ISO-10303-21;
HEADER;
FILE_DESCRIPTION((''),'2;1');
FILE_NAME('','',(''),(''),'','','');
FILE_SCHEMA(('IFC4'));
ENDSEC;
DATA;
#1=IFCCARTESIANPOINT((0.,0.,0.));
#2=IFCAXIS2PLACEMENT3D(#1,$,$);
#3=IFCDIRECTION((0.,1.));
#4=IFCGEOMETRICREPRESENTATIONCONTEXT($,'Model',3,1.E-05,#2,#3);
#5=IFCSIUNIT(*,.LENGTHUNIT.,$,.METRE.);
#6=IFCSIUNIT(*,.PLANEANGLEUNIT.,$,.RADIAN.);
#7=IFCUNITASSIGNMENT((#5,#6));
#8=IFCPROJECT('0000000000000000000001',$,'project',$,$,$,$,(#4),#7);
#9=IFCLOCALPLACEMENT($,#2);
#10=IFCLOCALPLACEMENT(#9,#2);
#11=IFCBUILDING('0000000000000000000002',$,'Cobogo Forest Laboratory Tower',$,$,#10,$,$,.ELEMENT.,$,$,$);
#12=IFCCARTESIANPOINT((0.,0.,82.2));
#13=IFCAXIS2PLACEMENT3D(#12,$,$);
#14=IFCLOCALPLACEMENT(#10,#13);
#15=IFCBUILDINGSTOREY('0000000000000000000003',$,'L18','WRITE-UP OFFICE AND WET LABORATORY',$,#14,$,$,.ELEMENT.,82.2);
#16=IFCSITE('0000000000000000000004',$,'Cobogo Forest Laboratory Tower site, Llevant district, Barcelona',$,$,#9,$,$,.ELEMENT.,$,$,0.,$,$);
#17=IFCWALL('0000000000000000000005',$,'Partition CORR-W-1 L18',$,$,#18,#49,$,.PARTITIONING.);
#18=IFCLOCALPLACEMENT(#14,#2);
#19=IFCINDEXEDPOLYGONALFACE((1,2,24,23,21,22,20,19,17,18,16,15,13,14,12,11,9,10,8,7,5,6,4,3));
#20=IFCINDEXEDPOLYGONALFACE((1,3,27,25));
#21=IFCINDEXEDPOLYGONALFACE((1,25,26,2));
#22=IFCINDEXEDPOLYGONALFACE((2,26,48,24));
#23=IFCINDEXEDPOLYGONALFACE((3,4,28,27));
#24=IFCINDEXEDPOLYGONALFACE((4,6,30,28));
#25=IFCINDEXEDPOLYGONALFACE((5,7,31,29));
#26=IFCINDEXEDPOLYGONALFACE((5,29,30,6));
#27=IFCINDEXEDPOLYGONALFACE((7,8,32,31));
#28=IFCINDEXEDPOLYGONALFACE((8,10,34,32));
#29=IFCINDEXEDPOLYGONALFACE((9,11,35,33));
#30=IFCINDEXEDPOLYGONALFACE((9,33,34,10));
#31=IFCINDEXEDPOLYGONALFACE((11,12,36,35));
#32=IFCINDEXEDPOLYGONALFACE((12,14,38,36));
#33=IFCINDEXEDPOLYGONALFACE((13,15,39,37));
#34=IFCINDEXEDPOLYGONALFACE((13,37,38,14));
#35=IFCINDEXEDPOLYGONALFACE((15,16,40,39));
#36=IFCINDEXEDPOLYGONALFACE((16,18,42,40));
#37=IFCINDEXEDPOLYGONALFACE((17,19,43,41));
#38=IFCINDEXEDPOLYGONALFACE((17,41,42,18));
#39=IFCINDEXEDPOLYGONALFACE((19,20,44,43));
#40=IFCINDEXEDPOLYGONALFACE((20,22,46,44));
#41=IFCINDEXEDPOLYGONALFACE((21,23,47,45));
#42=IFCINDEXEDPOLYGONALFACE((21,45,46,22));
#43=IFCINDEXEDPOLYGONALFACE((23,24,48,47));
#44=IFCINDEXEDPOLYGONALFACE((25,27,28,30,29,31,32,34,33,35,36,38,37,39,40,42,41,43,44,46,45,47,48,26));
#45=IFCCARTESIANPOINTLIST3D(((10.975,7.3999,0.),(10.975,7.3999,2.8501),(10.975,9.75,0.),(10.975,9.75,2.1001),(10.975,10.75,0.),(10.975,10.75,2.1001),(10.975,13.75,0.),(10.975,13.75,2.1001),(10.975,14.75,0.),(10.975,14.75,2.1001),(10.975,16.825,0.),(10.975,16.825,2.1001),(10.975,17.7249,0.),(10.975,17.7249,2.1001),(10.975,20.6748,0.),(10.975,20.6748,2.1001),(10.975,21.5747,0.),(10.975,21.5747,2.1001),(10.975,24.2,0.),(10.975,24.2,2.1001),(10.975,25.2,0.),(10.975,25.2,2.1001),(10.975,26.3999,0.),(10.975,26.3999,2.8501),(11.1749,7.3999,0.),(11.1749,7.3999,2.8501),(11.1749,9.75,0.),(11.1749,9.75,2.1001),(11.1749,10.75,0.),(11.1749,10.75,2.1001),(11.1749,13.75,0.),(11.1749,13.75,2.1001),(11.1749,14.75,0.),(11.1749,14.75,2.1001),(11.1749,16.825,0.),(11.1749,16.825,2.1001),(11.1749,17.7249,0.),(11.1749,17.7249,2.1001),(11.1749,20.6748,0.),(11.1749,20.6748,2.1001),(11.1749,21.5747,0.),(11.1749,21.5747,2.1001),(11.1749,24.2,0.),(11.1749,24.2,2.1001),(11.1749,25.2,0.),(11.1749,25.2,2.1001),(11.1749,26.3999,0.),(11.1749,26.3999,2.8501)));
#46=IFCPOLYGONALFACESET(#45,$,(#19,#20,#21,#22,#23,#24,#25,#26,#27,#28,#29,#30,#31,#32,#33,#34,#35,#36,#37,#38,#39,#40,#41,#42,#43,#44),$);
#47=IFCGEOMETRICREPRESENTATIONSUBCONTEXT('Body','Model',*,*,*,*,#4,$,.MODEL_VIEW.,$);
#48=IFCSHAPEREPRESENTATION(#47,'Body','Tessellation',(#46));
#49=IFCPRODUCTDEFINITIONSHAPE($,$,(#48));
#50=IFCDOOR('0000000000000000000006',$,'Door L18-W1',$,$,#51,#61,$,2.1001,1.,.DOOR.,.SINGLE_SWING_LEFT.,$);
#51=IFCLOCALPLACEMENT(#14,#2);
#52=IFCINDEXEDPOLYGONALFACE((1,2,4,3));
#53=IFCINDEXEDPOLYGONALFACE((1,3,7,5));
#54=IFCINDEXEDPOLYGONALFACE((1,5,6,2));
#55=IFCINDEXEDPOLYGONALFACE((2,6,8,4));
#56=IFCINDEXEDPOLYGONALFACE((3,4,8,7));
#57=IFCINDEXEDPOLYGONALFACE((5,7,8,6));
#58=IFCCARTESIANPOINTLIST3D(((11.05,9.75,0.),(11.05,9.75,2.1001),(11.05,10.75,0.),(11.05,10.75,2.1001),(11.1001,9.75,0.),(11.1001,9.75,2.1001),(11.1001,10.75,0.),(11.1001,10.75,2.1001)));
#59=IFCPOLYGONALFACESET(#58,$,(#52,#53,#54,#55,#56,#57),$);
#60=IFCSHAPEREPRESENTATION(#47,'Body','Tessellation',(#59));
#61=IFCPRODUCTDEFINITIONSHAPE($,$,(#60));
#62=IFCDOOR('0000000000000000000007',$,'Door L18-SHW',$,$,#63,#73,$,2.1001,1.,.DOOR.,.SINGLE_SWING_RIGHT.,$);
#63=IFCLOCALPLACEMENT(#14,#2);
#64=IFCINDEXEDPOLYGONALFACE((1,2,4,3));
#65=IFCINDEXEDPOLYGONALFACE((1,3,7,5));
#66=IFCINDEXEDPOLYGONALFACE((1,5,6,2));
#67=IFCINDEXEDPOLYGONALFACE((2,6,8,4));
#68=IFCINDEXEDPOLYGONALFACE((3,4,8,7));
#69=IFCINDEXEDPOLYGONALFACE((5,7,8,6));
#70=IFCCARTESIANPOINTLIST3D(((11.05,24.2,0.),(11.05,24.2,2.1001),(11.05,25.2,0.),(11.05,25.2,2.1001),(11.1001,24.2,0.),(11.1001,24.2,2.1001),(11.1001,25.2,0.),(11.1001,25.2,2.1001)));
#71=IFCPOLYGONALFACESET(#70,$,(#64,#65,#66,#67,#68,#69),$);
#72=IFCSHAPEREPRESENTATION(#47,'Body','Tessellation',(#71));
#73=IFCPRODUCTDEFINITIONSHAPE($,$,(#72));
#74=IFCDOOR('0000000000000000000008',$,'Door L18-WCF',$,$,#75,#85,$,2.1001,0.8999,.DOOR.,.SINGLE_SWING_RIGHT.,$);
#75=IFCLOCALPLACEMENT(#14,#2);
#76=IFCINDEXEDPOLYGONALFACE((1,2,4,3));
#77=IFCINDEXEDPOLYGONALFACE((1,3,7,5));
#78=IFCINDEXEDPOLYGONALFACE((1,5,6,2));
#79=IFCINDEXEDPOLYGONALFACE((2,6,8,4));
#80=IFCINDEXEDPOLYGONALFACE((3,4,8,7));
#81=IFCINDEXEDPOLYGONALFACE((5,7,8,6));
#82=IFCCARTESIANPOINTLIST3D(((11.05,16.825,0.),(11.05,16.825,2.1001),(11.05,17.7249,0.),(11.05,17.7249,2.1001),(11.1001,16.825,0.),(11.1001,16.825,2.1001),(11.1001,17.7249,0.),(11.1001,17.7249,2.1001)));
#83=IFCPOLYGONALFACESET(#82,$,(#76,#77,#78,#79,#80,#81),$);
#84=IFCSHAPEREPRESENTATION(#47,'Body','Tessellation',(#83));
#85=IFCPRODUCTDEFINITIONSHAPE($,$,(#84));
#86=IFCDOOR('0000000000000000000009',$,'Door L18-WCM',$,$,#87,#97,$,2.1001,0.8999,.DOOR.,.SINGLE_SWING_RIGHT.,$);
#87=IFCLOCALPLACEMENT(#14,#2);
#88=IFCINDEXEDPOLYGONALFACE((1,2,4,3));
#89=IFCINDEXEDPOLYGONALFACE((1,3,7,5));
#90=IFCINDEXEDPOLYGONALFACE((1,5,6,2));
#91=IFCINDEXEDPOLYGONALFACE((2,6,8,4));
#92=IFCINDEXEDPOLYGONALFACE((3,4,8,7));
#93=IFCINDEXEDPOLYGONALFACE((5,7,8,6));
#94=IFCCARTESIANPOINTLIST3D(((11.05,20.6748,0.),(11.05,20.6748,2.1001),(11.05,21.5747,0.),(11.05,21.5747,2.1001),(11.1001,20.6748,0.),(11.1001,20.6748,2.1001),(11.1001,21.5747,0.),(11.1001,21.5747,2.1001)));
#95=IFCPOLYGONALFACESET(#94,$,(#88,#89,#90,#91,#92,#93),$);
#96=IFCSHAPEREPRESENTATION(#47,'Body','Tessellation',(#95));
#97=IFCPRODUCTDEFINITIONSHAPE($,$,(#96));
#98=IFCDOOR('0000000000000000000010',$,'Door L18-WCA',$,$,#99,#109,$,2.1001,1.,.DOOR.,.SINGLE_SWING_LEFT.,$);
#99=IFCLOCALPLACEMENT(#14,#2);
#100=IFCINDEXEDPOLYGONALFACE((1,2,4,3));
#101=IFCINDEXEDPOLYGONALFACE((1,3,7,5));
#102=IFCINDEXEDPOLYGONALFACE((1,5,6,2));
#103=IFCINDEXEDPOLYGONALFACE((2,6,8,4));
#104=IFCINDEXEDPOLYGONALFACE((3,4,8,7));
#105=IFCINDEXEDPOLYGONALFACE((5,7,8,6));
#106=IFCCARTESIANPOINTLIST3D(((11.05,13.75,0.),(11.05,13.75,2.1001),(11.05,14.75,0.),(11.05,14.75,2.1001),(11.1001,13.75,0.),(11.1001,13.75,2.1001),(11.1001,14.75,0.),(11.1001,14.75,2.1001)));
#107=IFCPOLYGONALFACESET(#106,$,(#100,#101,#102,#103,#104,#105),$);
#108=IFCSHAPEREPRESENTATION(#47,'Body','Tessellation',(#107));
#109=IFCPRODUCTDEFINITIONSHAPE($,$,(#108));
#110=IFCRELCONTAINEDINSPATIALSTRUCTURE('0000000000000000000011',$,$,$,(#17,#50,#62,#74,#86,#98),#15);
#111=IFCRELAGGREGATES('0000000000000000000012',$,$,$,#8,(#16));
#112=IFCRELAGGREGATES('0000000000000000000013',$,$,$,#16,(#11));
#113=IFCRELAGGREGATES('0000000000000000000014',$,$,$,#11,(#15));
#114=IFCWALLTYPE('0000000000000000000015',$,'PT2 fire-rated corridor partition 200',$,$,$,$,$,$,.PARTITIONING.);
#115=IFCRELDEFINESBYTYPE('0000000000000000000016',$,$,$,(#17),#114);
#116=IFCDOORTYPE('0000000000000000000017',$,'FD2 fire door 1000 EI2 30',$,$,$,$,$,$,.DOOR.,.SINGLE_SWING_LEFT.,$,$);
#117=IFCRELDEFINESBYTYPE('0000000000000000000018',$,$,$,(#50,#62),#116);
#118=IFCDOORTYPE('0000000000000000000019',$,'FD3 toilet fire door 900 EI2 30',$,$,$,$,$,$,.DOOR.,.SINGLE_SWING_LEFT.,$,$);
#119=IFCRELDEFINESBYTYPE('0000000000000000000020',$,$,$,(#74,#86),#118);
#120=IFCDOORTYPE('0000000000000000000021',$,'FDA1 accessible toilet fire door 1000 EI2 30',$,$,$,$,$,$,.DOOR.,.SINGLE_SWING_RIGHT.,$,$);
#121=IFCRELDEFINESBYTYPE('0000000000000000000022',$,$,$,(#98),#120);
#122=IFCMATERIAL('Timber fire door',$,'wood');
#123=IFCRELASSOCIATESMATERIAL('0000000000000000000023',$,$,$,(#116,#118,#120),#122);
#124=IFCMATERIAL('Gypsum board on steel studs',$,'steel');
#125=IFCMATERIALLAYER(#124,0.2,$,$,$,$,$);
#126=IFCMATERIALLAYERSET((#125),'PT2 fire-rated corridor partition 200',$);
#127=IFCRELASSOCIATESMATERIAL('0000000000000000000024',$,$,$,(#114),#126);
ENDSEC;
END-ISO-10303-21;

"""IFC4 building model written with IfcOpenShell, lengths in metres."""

from ifc_helpers import new_model, si_unit, direction, frame, frame_2d, origin, place, context, subcontext, project, spatial, rectangle, extrude, material, layer, layer_set, type_object, element, fill, save


model = new_model("IFC4")

# Units and contexts
model_context = context("Model", 3, precision=1e-05, world=origin(), true_north=direction((0.0, 1.0)))
body_context = subcontext(model_context, "Body", "Model", "MODEL_VIEW")
ifc_project = project(units=[si_unit("LENGTHUNIT", "METRE"), si_unit("PLANEANGLEUNIT", "RADIAN")], contexts=[model_context])

# Site, building, storey
site_placement = place(None, origin())
site = spatial("IfcSite", under=ifc_project, at=site_placement, Name="Cobogo Forest Laboratory Tower site, Llevant district, Barcelona", CompositionType="ELEMENT", RefElevation=0.0)
building_placement = place(site_placement, origin())
building = spatial("IfcBuilding", under=site, at=building_placement, Name="Cobogo Forest Laboratory Tower", CompositionType="ELEMENT")
storey_placement = place(building_placement, frame((0.0, 0.0, 82.2)))
storey = spatial("IfcBuildingStorey", under=building, at=storey_placement, Name="L18", Description="WRITE-UP OFFICE AND WET LABORATORY", CompositionType="ELEMENT", Elevation=82.2)

# Shared definitions
ifc_material_1 = material(Name="Gypsum board on steel studs", Category="steel")
ifc_material_2 = material(Name="Timber fire door", Category="wood")
door_type_1 = type_object("IfcDoorType", Name="FD2 fire door 1000 EI2 30", OperationType="SINGLE_SWING_LEFT", PredefinedType="DOOR", material=ifc_material_2)

# Wall, openings, doors
ifc_layer_1 = layer(ifc_material_1, 0.2)
ifc_layer_set_1 = layer_set([ifc_layer_1], Name="PT2 fire-rated corridor partition 200")
wall_type_1 = type_object("IfcWallType", Name="PT2 fire-rated corridor partition 200", PredefinedType="PARTITIONING", material=ifc_layer_set_1)
wall_1_placement = place(storey_placement, frame((11.075, 7.3999, 0.0), z_axis=(0.0, 0.0, 1.0), x_axis=(0.0, 1.0, 0.0)))
wall_1 = element("IfcWall", 1, at=wall_1_placement, inside=storey, type_object=wall_type_1, Name="Partition CORR-W-1 L18", PredefinedType="PARTITIONING", context=body_context, shape_type="SweptSolid", body=[
    extrude(rectangle(XDim=19.0, YDim=0.2, at=frame_2d((9.5, 0.0))), origin(), (0.0, 0.0, 1.0), 2.8501),
])
opening_1_placement = place(wall_1_placement, frame((2.3501, 0.0, 0.0)))
opening_1 = element("IfcOpeningElement", 2, at=opening_1_placement, cuts=wall_1, PredefinedType="OPENING", context=body_context, shape_type="SweptSolid", body=[
    extrude(rectangle(XDim=1.0, YDim=2.1001, at=frame_2d((0.5, 1.05))), frame((0.0, 0.1099, 0.0), z_axis=(0.0, -1.0, 0.0), x_axis=(1.0, 0.0, 0.0)), (0.0, 0.0, 1.0), 0.22),
])
opening_2_placement = place(wall_1_placement, frame((6.3501, 0.0, 0.0)))
opening_2 = element("IfcOpeningElement", 3, at=opening_2_placement, cuts=wall_1, PredefinedType="OPENING", context=body_context, shape_type="SweptSolid", body=[
    extrude(rectangle(XDim=1.0, YDim=2.1001, at=frame_2d((0.5, 1.05))), frame((0.0, 0.1099, 0.0), z_axis=(0.0, -1.0, 0.0), x_axis=(1.0, 0.0, 0.0)), (0.0, 0.0, 1.0), 0.22),
])
opening_3_placement = place(wall_1_placement, frame((9.425, 0.0, 0.0)))
opening_3 = element("IfcOpeningElement", 4, at=opening_3_placement, cuts=wall_1, PredefinedType="OPENING", context=body_context, shape_type="SweptSolid", body=[
    extrude(rectangle(XDim=0.8999, YDim=2.1001, at=frame_2d((0.45, 1.05))), frame((0.0, 0.1099, 0.0), z_axis=(0.0, -1.0, 0.0), x_axis=(1.0, 0.0, 0.0)), (0.0, 0.0, 1.0), 0.22),
])
opening_4_placement = place(wall_1_placement, frame((13.2749, 0.0, 0.0)))
opening_4 = element("IfcOpeningElement", 5, at=opening_4_placement, cuts=wall_1, PredefinedType="OPENING", context=body_context, shape_type="SweptSolid", body=[
    extrude(rectangle(XDim=0.8999, YDim=2.1001, at=frame_2d((0.45, 1.05))), frame((0.0, 0.1099, 0.0), z_axis=(0.0, -1.0, 0.0), x_axis=(1.0, 0.0, 0.0)), (0.0, 0.0, 1.0), 0.22),
])
opening_5_placement = place(wall_1_placement, frame((16.8, 0.0, 0.0)))
opening_5 = element("IfcOpeningElement", 6, at=opening_5_placement, cuts=wall_1, PredefinedType="OPENING", context=body_context, shape_type="SweptSolid", body=[
    extrude(rectangle(XDim=1.0, YDim=2.1001, at=frame_2d((0.5, 1.05))), frame((0.0, 0.1099, 0.0), z_axis=(0.0, -1.0, 0.0), x_axis=(1.0, 0.0, 0.0)), (0.0, 0.0, 1.0), 0.22),
])
door_1_placement = place(opening_1_placement, origin())
door_1 = element("IfcDoor", 7, at=door_1_placement, inside=storey, type_object=door_type_1, Name="Door L18-W1", OperationType="SINGLE_SWING_LEFT", OverallHeight=2.1001, OverallWidth=1.0, PredefinedType="DOOR", context=body_context, shape_type="SweptSolid", body=[
    extrude(rectangle(XDim=1.0, YDim=2.1001, at=frame_2d((0.5, 1.05))), frame((0.0, 0.0249, 0.0), z_axis=(0.0, -1.0, 0.0), x_axis=(1.0, 0.0, 0.0)), (0.0, 0.0, 1.0), 0.05),
])
fill(opening_1, door_1)
door_2_placement = place(opening_5_placement, origin())
door_2 = element("IfcDoor", 8, at=door_2_placement, inside=storey, type_object=door_type_1, Name="Door L18-SHW", OperationType="SINGLE_SWING_RIGHT", OverallHeight=2.1001, OverallWidth=1.0, PredefinedType="DOOR", context=body_context, shape_type="SweptSolid", body=[
    extrude(rectangle(XDim=1.0, YDim=2.1001, at=frame_2d((0.5, 1.05))), frame((0.0, 0.0249, 0.0), z_axis=(0.0, -1.0, 0.0), x_axis=(1.0, 0.0, 0.0)), (0.0, 0.0, 1.0), 0.05),
])
fill(opening_5, door_2)
door_type_2 = type_object("IfcDoorType", Name="FD3 toilet fire door 900 EI2 30", OperationType="SINGLE_SWING_LEFT", PredefinedType="DOOR", material=ifc_material_2)
door_3_placement = place(opening_3_placement, origin())
door_3 = element("IfcDoor", 9, at=door_3_placement, inside=storey, type_object=door_type_2, Name="Door L18-WCF", OperationType="SINGLE_SWING_RIGHT", OverallHeight=2.1001, OverallWidth=0.8999, PredefinedType="DOOR", context=body_context, shape_type="SweptSolid", body=[
    extrude(rectangle(XDim=0.8999, YDim=2.1001, at=frame_2d((0.45, 1.05))), frame((0.0, 0.0249, 0.0), z_axis=(0.0, -1.0, 0.0), x_axis=(1.0, 0.0, 0.0)), (0.0, 0.0, 1.0), 0.05),
])
fill(opening_3, door_3)
door_4_placement = place(opening_4_placement, origin())
door_4 = element("IfcDoor", 10, at=door_4_placement, inside=storey, type_object=door_type_2, Name="Door L18-WCM", OperationType="SINGLE_SWING_RIGHT", OverallHeight=2.1001, OverallWidth=0.8999, PredefinedType="DOOR", context=body_context, shape_type="SweptSolid", body=[
    extrude(rectangle(XDim=0.8999, YDim=2.1001, at=frame_2d((0.45, 1.05))), frame((0.0, 0.0249, 0.0), z_axis=(0.0, -1.0, 0.0), x_axis=(1.0, 0.0, 0.0)), (0.0, 0.0, 1.0), 0.05),
])
fill(opening_4, door_4)
door_type_3 = type_object("IfcDoorType", Name="FDA1 accessible toilet fire door 1000 EI2 30", OperationType="SINGLE_SWING_RIGHT", PredefinedType="DOOR", material=ifc_material_2)
door_5_placement = place(opening_2_placement, origin())
door_5 = element("IfcDoor", 11, at=door_5_placement, inside=storey, type_object=door_type_3, Name="Door L18-WCA", OperationType="SINGLE_SWING_LEFT", OverallHeight=2.1001, OverallWidth=1.0, PredefinedType="DOOR", context=body_context, shape_type="SweptSolid", body=[
    extrude(rectangle(XDim=1.0, YDim=2.1001, at=frame_2d((0.5, 1.05))), frame((0.0, 0.0249, 0.0), z_axis=(0.0, -1.0, 0.0), x_axis=(1.0, 0.0, 0.0)), (0.0, 0.0, 1.0), 0.05),
])
fill(opening_2, door_5)

save(model, "model.ifc")
